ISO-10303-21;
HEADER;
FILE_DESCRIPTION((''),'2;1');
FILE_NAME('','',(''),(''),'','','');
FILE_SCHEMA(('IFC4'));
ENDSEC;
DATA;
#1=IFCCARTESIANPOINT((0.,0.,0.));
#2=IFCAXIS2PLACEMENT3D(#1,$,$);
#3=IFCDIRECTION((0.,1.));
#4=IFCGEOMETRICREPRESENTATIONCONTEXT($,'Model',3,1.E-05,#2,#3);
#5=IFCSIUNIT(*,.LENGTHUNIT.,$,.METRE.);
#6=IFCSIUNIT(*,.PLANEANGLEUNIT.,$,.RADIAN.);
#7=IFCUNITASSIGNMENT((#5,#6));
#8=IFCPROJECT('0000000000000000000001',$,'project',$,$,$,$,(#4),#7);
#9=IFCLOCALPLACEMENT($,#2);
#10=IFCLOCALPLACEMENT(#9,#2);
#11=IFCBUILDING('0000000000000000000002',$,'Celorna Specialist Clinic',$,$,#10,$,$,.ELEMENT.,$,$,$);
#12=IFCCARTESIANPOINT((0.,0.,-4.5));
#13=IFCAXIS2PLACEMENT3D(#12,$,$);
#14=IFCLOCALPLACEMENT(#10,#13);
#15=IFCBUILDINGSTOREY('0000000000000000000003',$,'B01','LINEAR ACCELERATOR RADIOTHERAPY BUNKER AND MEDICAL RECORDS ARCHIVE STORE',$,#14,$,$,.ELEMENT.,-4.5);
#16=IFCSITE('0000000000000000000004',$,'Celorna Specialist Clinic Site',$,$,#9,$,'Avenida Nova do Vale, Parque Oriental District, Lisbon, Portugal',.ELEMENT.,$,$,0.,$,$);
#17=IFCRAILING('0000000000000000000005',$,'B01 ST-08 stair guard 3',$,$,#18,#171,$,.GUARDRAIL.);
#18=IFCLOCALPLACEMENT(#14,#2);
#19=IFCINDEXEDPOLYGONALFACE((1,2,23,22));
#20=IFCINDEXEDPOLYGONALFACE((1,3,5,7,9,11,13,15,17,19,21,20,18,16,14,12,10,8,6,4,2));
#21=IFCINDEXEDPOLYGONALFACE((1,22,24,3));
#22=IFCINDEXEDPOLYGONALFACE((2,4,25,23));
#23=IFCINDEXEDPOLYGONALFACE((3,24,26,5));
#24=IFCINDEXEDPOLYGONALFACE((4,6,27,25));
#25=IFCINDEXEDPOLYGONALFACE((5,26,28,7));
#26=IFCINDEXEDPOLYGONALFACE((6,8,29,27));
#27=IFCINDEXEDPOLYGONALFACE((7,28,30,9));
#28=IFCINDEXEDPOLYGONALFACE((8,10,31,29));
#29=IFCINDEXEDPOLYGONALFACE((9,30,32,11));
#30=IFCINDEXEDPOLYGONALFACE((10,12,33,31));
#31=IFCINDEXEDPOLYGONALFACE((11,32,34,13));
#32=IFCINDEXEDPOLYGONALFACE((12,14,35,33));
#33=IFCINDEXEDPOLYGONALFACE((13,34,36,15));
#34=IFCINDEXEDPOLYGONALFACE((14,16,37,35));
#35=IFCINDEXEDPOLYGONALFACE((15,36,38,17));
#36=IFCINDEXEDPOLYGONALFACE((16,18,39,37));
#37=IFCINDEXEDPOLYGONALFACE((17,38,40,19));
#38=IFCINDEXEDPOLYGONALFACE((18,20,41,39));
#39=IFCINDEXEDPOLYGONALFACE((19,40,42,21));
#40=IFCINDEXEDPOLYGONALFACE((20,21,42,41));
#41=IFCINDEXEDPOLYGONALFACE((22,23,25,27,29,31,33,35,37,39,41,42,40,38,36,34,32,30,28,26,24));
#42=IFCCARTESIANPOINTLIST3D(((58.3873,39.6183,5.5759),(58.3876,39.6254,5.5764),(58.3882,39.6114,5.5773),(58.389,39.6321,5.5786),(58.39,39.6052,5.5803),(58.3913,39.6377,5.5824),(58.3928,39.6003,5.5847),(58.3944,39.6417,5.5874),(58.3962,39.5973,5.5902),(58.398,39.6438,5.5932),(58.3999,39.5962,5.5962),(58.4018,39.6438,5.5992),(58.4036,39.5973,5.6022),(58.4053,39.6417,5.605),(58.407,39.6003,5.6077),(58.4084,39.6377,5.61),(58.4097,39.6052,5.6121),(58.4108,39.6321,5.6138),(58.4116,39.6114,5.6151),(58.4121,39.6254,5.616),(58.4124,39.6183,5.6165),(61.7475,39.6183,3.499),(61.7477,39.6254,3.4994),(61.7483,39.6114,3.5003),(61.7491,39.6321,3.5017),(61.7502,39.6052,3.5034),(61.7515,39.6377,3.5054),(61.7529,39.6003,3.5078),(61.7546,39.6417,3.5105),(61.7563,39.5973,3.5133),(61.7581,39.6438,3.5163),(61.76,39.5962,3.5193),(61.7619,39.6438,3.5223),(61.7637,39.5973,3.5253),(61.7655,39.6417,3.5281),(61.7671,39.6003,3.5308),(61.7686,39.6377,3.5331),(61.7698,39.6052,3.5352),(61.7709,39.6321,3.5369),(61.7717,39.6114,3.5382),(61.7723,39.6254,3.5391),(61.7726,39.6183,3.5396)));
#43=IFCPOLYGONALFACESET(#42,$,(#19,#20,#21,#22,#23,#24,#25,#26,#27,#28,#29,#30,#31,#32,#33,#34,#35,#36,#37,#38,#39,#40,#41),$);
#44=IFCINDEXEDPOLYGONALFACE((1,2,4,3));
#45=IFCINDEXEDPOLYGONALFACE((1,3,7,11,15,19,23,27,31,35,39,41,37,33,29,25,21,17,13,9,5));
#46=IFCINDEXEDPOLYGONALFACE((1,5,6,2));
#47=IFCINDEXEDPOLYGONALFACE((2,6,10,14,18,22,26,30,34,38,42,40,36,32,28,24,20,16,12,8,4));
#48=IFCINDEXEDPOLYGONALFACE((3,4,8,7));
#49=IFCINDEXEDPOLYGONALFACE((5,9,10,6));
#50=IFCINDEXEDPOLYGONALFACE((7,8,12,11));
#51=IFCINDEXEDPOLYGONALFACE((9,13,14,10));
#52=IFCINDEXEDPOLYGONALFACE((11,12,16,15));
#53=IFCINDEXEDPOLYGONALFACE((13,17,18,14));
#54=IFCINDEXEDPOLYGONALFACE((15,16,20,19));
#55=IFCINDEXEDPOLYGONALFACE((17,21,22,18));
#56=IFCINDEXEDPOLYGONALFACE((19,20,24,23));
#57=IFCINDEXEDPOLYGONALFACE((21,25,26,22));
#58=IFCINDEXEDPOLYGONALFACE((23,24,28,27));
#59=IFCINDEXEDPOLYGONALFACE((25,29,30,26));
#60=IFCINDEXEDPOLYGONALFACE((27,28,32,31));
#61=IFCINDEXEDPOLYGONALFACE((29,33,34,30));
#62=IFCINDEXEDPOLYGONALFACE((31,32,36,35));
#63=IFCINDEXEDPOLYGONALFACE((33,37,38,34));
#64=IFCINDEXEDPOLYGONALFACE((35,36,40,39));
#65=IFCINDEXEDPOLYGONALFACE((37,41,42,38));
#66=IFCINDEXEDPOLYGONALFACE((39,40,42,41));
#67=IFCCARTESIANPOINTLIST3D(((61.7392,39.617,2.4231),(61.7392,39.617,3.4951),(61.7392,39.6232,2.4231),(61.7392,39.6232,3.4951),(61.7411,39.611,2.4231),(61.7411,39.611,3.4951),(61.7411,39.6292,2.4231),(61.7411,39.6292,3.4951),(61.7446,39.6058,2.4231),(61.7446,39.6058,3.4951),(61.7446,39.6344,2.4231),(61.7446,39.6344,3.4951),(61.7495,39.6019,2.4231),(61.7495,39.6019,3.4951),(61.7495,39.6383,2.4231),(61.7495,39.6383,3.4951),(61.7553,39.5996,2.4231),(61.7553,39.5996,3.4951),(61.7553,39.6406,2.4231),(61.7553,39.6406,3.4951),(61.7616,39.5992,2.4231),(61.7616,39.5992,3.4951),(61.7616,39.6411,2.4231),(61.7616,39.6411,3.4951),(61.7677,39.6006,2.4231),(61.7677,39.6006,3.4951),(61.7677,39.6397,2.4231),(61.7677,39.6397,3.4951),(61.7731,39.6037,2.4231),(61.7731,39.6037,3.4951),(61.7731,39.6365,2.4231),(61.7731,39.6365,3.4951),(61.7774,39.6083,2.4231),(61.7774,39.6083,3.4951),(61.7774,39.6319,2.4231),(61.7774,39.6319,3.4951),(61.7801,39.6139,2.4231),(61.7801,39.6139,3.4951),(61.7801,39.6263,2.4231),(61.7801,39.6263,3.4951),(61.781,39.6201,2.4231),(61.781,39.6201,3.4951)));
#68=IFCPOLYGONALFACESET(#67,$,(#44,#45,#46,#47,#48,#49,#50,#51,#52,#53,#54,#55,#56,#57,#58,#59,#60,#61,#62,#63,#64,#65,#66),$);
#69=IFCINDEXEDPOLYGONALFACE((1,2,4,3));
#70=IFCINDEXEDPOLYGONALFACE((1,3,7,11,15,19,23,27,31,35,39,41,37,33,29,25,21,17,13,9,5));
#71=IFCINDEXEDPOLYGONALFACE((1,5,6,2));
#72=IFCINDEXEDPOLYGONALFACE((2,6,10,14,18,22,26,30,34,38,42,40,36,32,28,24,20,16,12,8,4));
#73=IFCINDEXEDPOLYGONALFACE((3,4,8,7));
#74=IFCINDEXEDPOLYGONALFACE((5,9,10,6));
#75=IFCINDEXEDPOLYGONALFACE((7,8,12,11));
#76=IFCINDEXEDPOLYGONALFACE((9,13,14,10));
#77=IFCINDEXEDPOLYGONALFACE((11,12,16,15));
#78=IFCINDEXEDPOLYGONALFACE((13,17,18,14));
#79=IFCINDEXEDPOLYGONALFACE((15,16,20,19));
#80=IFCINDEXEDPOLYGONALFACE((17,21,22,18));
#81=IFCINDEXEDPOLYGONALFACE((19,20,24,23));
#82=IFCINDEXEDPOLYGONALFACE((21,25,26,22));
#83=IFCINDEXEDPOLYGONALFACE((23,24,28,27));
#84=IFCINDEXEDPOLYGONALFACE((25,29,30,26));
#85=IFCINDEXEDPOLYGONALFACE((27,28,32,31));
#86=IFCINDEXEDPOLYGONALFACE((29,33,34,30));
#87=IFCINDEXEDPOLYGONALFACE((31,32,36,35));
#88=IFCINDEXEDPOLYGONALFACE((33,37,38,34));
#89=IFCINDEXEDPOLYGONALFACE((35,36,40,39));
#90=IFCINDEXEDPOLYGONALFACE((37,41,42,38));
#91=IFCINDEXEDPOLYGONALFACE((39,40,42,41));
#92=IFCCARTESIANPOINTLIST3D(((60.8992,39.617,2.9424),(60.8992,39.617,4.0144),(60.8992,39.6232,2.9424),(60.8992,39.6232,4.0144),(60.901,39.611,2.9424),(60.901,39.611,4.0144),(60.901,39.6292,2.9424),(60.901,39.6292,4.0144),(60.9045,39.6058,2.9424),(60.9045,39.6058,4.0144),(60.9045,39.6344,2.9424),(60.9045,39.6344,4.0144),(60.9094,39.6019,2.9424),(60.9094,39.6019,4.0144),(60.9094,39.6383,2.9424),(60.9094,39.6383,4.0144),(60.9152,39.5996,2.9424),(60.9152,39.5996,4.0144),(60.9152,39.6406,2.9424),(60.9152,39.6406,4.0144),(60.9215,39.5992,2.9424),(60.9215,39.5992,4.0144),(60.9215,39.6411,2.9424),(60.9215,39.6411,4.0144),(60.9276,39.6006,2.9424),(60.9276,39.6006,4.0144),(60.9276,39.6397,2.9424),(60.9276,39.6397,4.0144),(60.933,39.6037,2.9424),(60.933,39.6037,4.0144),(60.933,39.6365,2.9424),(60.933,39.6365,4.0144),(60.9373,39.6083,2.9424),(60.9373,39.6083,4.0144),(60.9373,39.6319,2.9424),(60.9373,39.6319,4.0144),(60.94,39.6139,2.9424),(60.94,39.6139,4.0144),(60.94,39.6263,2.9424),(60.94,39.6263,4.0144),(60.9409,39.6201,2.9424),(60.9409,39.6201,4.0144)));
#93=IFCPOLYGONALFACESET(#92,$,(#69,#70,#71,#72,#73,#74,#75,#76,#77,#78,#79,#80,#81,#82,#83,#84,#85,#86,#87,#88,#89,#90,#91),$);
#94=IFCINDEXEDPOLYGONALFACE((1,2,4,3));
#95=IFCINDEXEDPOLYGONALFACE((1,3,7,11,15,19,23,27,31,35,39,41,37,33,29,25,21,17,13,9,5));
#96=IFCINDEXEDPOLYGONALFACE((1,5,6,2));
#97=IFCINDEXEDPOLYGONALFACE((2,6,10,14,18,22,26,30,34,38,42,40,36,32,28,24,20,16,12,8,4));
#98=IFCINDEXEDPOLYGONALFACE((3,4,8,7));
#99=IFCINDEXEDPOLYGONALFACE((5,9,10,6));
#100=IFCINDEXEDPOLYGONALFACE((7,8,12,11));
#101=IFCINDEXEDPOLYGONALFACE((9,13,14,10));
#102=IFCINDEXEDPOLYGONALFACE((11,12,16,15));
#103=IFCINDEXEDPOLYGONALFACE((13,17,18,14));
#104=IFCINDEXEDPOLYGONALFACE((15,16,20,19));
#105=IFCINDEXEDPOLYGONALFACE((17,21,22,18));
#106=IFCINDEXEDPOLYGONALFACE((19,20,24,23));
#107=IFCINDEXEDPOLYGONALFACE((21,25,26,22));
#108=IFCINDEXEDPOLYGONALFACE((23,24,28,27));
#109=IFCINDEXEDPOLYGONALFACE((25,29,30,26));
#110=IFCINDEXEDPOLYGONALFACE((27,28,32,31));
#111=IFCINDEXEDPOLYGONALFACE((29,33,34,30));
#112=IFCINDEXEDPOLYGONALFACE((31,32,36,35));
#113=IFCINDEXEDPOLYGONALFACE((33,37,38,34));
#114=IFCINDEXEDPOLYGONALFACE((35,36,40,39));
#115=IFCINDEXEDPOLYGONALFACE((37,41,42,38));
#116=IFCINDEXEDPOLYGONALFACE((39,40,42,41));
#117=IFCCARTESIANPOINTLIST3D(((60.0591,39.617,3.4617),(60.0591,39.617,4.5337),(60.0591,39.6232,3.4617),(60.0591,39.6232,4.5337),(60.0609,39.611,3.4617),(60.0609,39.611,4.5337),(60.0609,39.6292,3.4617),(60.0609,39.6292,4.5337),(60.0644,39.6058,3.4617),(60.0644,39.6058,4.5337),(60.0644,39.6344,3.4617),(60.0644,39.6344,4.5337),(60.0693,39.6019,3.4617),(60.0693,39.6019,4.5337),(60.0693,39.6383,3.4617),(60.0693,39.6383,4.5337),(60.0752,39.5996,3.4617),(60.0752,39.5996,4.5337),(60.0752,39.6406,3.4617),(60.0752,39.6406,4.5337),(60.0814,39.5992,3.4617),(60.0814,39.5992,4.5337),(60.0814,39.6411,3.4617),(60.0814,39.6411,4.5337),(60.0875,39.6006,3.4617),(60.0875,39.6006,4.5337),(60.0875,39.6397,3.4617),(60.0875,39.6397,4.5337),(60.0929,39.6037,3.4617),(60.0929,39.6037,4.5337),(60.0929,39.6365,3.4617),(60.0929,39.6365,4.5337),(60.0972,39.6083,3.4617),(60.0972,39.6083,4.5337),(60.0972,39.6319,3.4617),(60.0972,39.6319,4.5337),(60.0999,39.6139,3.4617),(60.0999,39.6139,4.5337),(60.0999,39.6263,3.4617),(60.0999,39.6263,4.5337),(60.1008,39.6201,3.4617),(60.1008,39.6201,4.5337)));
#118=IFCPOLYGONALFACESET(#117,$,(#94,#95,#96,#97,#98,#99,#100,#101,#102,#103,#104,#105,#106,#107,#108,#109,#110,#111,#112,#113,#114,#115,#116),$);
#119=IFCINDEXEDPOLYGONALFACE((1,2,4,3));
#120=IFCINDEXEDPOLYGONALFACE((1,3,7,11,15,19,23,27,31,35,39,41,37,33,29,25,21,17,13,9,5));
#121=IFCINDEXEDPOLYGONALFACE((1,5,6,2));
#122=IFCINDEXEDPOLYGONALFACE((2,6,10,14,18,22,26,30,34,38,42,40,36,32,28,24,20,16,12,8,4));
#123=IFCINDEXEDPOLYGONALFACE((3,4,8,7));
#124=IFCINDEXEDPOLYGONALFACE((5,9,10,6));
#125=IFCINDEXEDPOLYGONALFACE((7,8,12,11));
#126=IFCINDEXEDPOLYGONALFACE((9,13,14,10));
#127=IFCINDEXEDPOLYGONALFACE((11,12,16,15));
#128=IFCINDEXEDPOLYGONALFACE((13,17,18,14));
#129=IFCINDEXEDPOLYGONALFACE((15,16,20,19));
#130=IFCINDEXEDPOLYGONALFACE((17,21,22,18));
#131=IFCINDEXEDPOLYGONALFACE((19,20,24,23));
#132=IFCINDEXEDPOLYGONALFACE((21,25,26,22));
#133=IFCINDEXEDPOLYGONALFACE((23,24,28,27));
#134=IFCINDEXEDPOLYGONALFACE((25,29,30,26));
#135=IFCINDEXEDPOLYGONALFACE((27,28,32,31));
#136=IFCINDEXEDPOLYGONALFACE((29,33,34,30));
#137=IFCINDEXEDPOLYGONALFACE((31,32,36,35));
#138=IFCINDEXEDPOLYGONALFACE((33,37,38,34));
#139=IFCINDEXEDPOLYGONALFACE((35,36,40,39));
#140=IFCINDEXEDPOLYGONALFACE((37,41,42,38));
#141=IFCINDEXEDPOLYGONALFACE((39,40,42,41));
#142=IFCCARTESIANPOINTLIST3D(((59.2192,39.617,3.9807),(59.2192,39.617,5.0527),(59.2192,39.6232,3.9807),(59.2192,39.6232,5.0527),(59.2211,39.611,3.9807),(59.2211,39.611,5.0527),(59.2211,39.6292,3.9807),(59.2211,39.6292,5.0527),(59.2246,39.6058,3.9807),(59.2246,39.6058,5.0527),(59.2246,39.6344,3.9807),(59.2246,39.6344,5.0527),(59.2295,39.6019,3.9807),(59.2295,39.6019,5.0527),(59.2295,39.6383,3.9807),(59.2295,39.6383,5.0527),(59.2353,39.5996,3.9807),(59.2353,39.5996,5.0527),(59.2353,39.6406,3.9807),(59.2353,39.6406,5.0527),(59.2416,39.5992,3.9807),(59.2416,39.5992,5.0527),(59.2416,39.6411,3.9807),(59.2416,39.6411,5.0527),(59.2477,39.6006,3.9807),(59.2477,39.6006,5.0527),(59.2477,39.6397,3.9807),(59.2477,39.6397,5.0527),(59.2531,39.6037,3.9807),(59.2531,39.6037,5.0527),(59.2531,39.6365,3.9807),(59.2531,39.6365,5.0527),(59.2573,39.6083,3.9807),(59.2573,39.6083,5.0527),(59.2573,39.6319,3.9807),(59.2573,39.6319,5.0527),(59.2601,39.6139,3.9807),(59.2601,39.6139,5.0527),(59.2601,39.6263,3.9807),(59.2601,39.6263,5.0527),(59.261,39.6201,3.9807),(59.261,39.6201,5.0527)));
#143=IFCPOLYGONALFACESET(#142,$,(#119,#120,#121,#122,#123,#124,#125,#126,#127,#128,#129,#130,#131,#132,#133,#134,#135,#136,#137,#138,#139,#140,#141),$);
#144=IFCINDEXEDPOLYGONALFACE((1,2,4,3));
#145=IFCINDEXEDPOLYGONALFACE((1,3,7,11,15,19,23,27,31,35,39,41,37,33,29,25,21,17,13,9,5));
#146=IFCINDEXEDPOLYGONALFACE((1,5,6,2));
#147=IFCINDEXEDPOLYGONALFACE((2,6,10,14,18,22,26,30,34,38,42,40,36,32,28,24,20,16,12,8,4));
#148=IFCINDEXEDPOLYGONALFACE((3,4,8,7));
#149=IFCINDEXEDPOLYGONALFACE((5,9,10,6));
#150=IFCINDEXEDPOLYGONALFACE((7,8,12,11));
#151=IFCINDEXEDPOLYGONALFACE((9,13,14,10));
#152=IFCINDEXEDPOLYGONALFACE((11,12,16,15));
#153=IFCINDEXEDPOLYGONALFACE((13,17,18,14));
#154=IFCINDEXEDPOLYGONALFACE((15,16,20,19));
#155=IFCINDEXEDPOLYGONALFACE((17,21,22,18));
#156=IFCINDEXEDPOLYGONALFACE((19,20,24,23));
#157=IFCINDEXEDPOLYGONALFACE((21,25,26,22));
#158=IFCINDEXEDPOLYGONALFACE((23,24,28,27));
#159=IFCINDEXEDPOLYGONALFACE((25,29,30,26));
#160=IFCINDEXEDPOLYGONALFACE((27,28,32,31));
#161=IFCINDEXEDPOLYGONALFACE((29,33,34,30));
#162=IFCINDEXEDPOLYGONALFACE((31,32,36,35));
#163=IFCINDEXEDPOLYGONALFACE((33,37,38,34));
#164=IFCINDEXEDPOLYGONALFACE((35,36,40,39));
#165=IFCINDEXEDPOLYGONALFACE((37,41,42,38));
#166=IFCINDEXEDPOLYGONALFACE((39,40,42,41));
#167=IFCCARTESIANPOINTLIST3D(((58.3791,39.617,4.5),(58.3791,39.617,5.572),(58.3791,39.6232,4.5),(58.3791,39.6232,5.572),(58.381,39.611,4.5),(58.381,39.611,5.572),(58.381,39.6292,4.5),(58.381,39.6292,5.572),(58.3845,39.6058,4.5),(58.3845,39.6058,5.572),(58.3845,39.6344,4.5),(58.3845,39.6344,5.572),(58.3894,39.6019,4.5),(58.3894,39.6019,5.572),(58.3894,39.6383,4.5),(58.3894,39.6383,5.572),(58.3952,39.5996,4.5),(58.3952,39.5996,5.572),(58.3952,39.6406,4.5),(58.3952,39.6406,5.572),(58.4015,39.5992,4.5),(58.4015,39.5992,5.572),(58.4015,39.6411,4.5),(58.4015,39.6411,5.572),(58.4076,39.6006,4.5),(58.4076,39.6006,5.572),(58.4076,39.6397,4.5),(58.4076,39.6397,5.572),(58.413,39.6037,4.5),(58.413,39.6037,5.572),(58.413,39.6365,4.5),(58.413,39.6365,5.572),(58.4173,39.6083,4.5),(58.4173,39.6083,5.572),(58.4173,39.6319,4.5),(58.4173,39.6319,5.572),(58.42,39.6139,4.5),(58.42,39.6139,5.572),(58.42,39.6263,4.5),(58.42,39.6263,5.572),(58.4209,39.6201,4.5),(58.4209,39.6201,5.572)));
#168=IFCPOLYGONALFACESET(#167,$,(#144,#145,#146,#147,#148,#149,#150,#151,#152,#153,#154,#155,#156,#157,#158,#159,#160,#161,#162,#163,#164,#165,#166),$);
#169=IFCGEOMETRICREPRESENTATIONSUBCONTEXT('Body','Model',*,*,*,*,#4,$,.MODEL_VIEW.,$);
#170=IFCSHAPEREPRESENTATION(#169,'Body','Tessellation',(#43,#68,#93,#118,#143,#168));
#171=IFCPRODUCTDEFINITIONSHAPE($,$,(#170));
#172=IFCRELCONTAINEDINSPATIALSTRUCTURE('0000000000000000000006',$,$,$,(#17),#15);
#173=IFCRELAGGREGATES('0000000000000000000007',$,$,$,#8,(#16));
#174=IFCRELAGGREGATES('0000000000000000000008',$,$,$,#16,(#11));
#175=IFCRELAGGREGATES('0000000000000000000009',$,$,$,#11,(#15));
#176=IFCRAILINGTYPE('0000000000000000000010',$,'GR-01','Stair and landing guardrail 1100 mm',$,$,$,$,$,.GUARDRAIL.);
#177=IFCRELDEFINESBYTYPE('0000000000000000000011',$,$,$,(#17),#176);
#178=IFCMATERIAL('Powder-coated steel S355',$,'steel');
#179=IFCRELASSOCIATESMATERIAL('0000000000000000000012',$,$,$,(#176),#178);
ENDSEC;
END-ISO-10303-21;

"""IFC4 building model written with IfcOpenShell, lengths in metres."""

from ifc_helpers import new_model, si_unit, direction, frame, origin, origin_2d, place, context, subcontext, project, spatial, circle, extrude, material, type_object, element, save


model = new_model("IFC4")

# Units and contexts
model_context = context("Model", 3, precision=1e-05, world=origin(), true_north=direction((0.0, 1.0)))
body_context = subcontext(model_context, "Body", "Model", "MODEL_VIEW")
ifc_project = project(units=[si_unit("LENGTHUNIT", "METRE"), si_unit("PLANEANGLEUNIT", "RADIAN")], contexts=[model_context])

# Site, building, storey
site_placement = place(None, origin())
site = spatial("IfcSite", under=ifc_project, at=site_placement, Name="Celorna Specialist Clinic Site", LongName="Avenida Nova do Vale, Parque Oriental District, Lisbon, Portugal", CompositionType="ELEMENT", RefElevation=0.0)
building_placement = place(site_placement, origin())
building = spatial("IfcBuilding", under=site, at=building_placement, Name="Celorna Specialist Clinic", CompositionType="ELEMENT")
storey_placement = place(building_placement, frame((0.0, 0.0, -4.5)))
storey = spatial("IfcBuildingStorey", under=building, at=storey_placement, Name="B01", Description="LINEAR ACCELERATOR RADIOTHERAPY BUNKER AND MEDICAL RECORDS ARCHIVE STORE", CompositionType="ELEMENT", Elevation=-4.5)

# Railing
ifc_material_1 = material(Name="Powder-coated steel S355", Category="steel")
railing_type_1 = type_object("IfcRailingType", Name="GR-01", Description="Stair and landing guardrail 1100 mm", PredefinedType="GUARDRAIL", material=ifc_material_1)
railing_1_placement = place(storey_placement, frame((61.76, 39.6201, 2.4231)))
element("IfcRailing", 1, at=railing_1_placement, inside=storey, type_object=railing_type_1, Name="B01 ST-08 stair guard 3", PredefinedType="GUARDRAIL", context=body_context, shape_type="SweptSolid", body=[
    extrude(circle(Radius=0.0239, at=origin_2d()), frame((0.0, 0.0, 1.0962), z_axis=(-0.850623, 0.0, 0.525776), x_axis=(0.0, -1.0, 0.0)), (0.0, 0.0, 1.0), 3.9502),
    extrude(circle(Radius=0.021, at=origin_2d()), origin(), (0.0, 0.0, 1.0), 1.072),
    extrude(circle(Radius=0.021, at=origin_2d()), frame((-0.8401, 0.0, 0.5193)), (0.0, 0.0, 1.0), 1.072),
    extrude(circle(Radius=0.021, at=origin_2d()), frame((-1.6802, 0.0, 1.0386)), (0.0, 0.0, 1.0), 1.072),
    extrude(circle(Radius=0.021, at=origin_2d()), frame((-2.52, 0.0, 1.5576)), (0.0, 0.0, 1.0), 1.072),
    extrude(circle(Radius=0.021, at=origin_2d()), frame((-3.3601, 0.0, 2.0769)), (0.0, 0.0, 1.0), 1.072),
])

save(model, "model.ifc")
